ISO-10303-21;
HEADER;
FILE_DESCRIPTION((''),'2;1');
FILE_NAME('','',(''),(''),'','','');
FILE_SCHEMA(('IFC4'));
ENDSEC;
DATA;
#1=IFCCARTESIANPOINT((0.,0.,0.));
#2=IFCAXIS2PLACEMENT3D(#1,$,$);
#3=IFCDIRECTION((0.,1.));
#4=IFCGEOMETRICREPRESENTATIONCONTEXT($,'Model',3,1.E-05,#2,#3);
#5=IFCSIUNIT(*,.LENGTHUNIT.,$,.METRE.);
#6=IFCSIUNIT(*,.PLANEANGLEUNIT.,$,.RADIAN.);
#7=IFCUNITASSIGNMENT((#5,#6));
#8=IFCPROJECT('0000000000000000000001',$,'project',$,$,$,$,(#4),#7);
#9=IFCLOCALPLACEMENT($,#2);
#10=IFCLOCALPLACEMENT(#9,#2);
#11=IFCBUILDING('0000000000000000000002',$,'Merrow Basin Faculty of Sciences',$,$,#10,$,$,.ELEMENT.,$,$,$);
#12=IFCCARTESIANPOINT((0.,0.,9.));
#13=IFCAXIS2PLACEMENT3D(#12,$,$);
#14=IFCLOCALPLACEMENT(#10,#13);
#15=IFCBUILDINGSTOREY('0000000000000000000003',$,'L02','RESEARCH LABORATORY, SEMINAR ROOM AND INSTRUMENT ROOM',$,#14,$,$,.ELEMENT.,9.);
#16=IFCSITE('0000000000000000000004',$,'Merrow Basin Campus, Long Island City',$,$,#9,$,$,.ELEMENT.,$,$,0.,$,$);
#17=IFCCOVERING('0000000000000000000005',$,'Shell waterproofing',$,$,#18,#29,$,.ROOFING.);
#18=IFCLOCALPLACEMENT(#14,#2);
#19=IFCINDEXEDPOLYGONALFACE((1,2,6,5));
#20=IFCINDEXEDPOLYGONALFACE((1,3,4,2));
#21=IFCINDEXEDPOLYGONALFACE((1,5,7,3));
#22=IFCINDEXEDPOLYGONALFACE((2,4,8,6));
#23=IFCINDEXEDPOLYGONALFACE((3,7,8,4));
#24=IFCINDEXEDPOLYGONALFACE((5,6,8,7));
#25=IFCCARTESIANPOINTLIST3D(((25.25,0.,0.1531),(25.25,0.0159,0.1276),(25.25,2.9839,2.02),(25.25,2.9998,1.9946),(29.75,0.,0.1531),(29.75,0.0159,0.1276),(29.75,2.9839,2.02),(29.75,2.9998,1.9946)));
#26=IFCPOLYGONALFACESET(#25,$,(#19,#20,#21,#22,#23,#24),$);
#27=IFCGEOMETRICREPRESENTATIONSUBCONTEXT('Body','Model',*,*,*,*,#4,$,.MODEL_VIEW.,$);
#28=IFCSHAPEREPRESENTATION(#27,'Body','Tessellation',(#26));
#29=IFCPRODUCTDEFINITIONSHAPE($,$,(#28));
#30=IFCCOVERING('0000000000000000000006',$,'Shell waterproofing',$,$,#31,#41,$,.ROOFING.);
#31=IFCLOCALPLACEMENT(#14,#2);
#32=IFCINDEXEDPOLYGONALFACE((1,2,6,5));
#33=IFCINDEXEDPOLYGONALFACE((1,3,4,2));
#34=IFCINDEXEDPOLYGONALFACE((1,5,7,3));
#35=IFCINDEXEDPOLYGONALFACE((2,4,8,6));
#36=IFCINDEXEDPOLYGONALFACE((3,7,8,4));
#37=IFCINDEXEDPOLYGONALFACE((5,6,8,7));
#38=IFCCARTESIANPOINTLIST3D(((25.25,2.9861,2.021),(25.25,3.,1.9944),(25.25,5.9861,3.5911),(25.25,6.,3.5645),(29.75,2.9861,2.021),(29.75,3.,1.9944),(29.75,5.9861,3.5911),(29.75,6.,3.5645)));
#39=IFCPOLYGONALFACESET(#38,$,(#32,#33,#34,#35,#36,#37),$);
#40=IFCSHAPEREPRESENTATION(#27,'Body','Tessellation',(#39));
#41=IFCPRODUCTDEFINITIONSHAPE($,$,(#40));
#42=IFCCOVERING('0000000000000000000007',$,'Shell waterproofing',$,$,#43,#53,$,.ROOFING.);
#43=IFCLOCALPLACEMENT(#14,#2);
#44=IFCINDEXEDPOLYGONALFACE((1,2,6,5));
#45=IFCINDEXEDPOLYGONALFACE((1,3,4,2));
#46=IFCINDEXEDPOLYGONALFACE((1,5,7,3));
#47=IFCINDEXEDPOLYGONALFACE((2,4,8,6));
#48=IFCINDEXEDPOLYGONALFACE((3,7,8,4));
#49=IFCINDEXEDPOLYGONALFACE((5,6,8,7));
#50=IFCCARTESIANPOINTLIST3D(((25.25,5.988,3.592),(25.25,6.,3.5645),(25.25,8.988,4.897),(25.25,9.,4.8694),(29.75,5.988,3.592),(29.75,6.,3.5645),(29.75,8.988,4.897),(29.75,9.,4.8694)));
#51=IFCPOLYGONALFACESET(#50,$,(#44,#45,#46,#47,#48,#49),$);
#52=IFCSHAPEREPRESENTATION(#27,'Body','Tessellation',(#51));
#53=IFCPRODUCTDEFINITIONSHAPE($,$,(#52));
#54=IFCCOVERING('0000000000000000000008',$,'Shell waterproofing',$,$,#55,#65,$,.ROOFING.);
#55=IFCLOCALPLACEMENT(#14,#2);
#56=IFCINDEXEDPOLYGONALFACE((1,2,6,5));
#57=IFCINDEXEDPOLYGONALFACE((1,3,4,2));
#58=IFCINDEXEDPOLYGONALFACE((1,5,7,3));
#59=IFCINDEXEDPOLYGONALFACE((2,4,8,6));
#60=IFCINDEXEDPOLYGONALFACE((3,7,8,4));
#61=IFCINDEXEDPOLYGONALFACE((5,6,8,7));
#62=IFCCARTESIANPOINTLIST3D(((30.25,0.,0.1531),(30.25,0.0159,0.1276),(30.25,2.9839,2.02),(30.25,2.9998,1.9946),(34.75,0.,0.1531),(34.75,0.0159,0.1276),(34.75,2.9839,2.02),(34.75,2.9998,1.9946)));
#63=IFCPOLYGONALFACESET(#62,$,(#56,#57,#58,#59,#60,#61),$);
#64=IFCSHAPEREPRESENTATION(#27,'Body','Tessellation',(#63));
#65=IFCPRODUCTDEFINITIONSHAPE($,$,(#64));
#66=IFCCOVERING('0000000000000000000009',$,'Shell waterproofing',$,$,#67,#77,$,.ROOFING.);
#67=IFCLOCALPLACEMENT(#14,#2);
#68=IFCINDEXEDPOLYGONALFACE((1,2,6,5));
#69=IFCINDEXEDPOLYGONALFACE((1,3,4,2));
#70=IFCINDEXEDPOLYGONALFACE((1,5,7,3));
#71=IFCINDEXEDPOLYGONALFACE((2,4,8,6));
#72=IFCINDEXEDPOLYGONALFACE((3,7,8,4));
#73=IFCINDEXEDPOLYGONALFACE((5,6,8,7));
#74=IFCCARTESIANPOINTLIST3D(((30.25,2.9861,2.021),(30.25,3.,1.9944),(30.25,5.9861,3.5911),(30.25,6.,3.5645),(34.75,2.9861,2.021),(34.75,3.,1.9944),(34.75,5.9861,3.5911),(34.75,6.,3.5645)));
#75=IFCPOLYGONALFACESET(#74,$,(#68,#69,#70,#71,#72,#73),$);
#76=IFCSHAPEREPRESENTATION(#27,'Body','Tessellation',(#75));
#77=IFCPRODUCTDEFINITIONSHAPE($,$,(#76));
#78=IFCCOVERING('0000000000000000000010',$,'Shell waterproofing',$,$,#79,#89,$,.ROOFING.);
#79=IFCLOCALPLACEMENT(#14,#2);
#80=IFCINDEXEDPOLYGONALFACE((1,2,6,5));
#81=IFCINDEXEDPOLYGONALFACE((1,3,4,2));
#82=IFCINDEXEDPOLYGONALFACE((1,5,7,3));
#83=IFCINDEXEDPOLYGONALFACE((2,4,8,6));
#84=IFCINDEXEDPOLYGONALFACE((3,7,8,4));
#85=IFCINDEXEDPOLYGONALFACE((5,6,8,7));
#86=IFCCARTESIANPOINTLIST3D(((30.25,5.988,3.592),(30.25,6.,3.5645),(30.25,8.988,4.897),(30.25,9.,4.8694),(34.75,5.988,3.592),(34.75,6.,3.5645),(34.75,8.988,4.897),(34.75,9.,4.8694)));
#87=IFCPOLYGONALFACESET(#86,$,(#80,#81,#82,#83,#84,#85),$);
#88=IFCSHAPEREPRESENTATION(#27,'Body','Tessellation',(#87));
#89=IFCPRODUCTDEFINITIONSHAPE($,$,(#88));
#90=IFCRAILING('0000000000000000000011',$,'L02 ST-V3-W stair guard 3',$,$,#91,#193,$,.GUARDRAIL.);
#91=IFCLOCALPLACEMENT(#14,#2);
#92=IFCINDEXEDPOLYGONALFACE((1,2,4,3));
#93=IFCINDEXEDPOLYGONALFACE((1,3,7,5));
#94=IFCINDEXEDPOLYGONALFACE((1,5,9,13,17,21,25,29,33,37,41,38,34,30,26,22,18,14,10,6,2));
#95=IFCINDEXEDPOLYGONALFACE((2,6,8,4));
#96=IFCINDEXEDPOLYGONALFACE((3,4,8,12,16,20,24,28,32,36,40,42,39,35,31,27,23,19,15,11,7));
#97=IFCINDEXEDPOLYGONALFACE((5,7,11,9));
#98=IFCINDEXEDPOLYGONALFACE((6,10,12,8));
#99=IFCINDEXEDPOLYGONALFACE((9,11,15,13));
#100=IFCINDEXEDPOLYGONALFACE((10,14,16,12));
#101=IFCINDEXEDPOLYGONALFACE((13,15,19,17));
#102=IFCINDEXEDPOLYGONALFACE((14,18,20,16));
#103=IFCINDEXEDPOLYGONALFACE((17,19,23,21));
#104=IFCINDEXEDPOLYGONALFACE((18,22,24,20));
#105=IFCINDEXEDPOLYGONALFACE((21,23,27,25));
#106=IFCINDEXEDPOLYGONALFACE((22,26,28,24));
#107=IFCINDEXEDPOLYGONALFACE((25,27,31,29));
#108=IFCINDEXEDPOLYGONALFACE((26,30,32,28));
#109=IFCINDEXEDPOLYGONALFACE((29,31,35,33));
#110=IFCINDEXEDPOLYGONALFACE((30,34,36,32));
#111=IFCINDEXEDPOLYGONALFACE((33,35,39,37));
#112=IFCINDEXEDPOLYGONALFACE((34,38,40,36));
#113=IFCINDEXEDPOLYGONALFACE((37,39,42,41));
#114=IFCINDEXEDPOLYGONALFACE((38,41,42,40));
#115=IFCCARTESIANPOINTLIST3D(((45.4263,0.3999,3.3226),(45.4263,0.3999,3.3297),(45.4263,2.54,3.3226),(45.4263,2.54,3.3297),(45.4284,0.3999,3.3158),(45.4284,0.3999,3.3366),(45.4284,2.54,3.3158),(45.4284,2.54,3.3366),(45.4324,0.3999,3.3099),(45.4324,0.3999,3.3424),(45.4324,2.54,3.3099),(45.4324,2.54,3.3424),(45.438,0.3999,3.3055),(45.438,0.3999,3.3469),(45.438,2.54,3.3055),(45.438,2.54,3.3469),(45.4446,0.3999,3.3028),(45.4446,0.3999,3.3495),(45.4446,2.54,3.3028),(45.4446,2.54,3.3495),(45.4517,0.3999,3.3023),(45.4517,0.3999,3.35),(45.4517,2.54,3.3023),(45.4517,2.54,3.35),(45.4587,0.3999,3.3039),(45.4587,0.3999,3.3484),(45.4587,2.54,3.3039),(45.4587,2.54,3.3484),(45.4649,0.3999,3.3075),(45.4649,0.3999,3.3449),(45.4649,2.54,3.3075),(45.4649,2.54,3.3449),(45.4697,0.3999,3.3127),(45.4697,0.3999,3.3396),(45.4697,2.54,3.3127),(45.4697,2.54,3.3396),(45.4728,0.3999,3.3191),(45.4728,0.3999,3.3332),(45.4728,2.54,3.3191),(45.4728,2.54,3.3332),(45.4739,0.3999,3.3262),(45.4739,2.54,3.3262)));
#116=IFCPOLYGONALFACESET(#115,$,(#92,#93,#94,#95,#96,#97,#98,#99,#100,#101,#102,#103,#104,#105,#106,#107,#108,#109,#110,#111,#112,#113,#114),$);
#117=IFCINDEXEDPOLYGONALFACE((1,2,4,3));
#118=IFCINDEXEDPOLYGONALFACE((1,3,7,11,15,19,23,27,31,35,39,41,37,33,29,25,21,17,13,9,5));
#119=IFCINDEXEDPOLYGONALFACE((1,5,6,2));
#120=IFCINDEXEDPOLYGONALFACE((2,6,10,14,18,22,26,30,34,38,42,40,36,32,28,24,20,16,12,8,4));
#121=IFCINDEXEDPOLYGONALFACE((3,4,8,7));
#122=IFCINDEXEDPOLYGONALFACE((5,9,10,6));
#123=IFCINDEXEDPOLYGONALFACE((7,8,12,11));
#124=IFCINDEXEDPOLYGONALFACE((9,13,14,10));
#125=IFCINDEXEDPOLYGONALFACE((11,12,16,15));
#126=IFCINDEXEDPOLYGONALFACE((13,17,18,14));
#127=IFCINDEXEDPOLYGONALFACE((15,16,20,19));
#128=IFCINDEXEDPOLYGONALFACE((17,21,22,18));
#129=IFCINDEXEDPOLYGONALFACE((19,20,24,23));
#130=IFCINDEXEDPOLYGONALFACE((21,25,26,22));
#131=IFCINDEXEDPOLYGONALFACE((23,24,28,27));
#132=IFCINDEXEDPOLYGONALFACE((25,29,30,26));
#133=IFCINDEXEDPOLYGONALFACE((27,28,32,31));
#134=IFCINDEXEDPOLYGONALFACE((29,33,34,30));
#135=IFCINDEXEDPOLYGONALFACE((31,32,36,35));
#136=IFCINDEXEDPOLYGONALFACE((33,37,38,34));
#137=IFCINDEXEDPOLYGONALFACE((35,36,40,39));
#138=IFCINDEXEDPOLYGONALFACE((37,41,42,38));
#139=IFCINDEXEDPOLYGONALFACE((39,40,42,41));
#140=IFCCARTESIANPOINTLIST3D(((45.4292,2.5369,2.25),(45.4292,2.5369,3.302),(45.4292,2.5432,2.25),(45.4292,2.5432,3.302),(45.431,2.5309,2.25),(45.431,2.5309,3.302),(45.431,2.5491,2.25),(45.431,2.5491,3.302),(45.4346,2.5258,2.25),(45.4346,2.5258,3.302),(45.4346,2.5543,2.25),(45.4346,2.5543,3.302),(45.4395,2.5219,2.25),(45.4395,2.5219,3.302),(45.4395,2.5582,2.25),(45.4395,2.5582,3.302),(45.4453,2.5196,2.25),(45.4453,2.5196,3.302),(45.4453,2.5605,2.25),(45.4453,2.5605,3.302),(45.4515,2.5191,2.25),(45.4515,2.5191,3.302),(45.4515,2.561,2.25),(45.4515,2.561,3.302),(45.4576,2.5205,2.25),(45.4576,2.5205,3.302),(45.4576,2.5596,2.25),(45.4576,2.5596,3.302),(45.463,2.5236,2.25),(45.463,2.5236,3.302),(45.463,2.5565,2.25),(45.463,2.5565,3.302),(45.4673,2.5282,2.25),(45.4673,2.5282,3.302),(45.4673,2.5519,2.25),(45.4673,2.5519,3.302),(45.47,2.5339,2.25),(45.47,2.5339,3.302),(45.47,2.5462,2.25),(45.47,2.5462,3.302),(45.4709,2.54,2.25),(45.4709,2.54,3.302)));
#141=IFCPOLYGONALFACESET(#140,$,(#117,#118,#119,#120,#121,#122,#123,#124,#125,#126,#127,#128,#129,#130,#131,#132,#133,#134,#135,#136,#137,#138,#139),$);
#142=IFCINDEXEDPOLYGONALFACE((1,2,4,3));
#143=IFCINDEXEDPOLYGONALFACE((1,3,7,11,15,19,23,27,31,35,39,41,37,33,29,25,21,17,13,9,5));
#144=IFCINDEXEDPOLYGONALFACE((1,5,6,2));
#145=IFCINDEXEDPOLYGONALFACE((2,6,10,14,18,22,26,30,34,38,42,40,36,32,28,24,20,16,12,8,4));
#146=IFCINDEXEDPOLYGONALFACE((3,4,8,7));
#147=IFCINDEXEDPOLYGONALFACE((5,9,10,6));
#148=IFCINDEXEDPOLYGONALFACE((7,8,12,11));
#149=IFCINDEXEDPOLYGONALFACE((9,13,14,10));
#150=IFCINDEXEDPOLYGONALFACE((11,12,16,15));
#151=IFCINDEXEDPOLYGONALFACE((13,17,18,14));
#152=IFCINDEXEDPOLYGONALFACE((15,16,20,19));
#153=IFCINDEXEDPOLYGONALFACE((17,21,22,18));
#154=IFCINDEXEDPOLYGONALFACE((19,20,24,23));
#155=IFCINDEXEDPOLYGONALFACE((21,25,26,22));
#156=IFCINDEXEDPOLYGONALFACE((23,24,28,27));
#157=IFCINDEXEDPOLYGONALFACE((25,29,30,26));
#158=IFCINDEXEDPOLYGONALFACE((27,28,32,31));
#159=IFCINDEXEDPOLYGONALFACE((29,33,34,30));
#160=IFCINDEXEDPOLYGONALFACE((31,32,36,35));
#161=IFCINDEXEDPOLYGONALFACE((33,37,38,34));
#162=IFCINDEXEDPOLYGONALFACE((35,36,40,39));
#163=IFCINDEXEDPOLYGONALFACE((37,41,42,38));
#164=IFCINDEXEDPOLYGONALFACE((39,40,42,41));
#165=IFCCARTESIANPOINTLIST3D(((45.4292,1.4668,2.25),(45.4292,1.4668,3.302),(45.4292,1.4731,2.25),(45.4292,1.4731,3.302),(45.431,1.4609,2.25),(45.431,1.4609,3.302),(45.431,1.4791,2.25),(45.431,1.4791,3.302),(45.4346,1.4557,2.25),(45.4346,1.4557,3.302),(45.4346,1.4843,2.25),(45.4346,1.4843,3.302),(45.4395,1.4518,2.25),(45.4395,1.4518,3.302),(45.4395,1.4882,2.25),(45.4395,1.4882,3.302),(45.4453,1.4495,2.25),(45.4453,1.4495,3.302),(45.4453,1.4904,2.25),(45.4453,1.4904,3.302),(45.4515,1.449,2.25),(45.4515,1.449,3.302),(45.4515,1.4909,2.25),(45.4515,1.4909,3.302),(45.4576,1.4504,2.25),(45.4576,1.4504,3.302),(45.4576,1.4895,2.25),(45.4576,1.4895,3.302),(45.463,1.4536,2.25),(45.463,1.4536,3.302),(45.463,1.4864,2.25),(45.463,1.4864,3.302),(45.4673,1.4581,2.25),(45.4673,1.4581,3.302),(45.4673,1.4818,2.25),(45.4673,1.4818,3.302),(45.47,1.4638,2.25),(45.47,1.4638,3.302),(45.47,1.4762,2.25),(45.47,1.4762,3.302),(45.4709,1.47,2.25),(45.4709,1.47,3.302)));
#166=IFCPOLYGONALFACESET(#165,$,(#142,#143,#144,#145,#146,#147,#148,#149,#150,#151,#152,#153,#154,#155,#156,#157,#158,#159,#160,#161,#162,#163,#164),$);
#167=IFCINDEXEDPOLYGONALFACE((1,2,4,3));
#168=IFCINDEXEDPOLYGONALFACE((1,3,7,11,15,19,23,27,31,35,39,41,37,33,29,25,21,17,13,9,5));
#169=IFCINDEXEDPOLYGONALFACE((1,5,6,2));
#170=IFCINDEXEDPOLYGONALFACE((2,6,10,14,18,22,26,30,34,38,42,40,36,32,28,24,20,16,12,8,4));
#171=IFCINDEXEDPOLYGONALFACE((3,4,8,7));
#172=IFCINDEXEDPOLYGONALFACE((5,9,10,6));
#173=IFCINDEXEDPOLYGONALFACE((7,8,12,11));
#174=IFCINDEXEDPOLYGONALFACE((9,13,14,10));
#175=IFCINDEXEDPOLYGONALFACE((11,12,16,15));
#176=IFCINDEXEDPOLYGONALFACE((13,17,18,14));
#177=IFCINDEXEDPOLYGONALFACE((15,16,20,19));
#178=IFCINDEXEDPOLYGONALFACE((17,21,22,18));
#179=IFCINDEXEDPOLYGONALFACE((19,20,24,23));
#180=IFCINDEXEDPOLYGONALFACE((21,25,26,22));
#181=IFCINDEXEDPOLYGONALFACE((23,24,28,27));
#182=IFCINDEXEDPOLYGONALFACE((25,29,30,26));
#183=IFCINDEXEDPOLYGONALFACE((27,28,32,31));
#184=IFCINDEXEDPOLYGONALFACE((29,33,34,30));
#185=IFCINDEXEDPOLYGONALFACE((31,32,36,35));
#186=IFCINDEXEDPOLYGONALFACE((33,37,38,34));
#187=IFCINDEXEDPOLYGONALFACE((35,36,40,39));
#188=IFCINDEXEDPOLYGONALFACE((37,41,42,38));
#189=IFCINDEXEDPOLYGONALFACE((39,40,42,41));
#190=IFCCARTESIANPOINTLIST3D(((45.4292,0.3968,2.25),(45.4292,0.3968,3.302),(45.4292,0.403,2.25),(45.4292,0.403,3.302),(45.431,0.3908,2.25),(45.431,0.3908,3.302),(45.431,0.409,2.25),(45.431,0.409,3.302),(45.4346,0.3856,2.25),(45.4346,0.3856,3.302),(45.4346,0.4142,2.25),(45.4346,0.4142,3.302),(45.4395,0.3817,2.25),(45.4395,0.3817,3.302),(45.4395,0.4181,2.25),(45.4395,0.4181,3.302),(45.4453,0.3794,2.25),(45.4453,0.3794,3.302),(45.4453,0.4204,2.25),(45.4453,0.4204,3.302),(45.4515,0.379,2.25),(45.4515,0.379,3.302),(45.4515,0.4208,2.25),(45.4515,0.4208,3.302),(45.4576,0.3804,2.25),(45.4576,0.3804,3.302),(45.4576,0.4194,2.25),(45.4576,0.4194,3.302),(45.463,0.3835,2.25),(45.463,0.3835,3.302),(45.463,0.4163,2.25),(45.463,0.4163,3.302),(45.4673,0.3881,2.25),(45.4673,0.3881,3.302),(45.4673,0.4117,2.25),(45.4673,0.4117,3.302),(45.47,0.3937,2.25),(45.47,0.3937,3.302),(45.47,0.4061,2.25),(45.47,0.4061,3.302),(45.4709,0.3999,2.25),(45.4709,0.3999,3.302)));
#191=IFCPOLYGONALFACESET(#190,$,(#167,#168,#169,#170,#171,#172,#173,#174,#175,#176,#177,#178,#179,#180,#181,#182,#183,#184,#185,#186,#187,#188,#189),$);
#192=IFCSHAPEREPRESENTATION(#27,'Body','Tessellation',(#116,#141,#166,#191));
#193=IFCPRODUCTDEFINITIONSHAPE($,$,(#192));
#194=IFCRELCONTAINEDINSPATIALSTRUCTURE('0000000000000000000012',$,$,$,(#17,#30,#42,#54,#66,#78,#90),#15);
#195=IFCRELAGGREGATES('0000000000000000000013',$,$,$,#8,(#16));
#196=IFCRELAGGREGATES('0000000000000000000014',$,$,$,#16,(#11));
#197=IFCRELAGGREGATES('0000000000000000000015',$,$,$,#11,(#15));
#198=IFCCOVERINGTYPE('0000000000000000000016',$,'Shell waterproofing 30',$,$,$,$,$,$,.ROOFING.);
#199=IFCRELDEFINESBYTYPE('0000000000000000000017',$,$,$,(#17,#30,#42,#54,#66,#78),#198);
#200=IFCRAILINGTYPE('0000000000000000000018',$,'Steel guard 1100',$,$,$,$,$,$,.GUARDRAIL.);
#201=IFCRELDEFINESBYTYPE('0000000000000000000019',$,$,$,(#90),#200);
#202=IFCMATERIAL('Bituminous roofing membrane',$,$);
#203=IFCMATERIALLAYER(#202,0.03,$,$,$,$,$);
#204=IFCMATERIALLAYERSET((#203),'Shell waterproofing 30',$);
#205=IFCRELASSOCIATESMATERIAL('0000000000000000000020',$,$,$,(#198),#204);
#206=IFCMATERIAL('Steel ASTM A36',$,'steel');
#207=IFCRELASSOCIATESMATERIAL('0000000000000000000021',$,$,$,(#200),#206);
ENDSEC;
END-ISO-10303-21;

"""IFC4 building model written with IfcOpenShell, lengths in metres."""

from ifc_helpers import new_model, si_unit, direction, frame, origin, origin_2d, place, context, subcontext, project, spatial, polyline, circle, outline, extrude, material, layer, layer_set, type_object, element, save


model = new_model("IFC4")

# Units and contexts
model_context = context("Model", 3, precision=1e-05, world=origin(), true_north=direction((0.0, 1.0)))
body_context = subcontext(model_context, "Body", "Model", "MODEL_VIEW")
ifc_project = project(units=[si_unit("LENGTHUNIT", "METRE"), si_unit("PLANEANGLEUNIT", "RADIAN")], contexts=[model_context])

# Site, building, storey
site_placement = place(None, origin())
site = spatial("IfcSite", under=ifc_project, at=site_placement, Name="Merrow Basin Campus, Long Island City", CompositionType="ELEMENT", RefElevation=0.0)
building_placement = place(site_placement, origin())
building = spatial("IfcBuilding", under=site, at=building_placement, Name="Merrow Basin Faculty of Sciences", CompositionType="ELEMENT")
storey_placement = place(building_placement, frame((0.0, 0.0, 9.0)))
storey = spatial("IfcBuildingStorey", under=building, at=storey_placement, Name="L02", Description="RESEARCH LABORATORY, SEMINAR ROOM AND INSTRUMENT ROOM", CompositionType="ELEMENT", Elevation=9.0)

# Coverings
ifc_material_1 = material(Name="Bituminous roofing membrane")
ifc_layer_1 = layer(ifc_material_1, 0.03)
ifc_layer_set_1 = layer_set([ifc_layer_1], Name="Shell waterproofing 30")
covering_type = type_object("IfcCoveringType", Name="Shell waterproofing 30", PredefinedType="ROOFING", material=ifc_layer_set_1)
covering_1_placement = place(storey_placement, frame((25.25, 0.0, 0.1531), z_axis=(0.0, -0.53041, 0.847741), x_axis=(1.0, 0.0, 0.0)))
element("IfcCovering", 1, at=covering_1_placement, inside=storey, type_object=covering_type, Name="Shell waterproofing", PredefinedType="ROOFING", context=body_context, shape_type="SweptSolid", body=[
    extrude(outline(polyline([(0.0, 0.0), (4.5, 0.0), (4.5, 3.5198), (0.0, 3.5198), (0.0, 0.0)])), origin(), (0.0, 0.0, -1.0), 0.03),
])
covering_2_placement = place(storey_placement, frame((25.25, 2.9861, 2.021), z_axis=(0.0, -0.463692, 0.885997), x_axis=(1.0, 0.0, 0.0)))
element("IfcCovering", 2, at=covering_2_placement, inside=storey, type_object=covering_type, Name="Shell waterproofing", PredefinedType="ROOFING", context=body_context, shape_type="SweptSolid", body=[
    extrude(outline(polyline([(0.0, 0.0), (4.5, 0.0), (4.5, 3.386), (0.0, 3.386), (0.0, 0.0)])), origin(), (0.0, 0.0, -1.0), 0.03),
])
covering_3_placement = place(storey_placement, frame((25.25, 5.988, 3.592), z_axis=(0.0, -0.398876, 0.917005), x_axis=(1.0, 0.0, 0.0)))
element("IfcCovering", 3, at=covering_3_placement, inside=storey, type_object=covering_type, Name="Shell waterproofing", PredefinedType="ROOFING", context=body_context, shape_type="SweptSolid", body=[
    extrude(outline(polyline([(0.0, 0.0), (4.5, 0.0), (4.5, 3.2715), (0.0, 3.2715), (0.0, 0.0)])), origin(), (0.0, 0.0, -1.0), 0.03),
])
covering_4_placement = place(storey_placement, frame((30.25, 0.0, 0.1531), z_axis=(0.0, -0.53041, 0.847741), x_axis=(1.0, 0.0, 0.0)))
element("IfcCovering", 4, at=covering_4_placement, inside=storey, type_object=covering_type, Name="Shell waterproofing", PredefinedType="ROOFING", context=body_context, shape_type="SweptSolid", body=[
    extrude(outline(polyline([(0.0, 0.0), (4.5, 0.0), (4.5, 3.5198), (0.0, 3.5198), (0.0, 0.0)])), origin(), (0.0, 0.0, -1.0), 0.03),
])
covering_5_placement = place(storey_placement, frame((30.25, 2.9861, 2.021), z_axis=(0.0, -0.463692, 0.885997), x_axis=(1.0, 0.0, 0.0)))
element("IfcCovering", 5, at=covering_5_placement, inside=storey, type_object=covering_type, Name="Shell waterproofing", PredefinedType="ROOFING", context=body_context, shape_type="SweptSolid", body=[
    extrude(outline(polyline([(0.0, 0.0), (4.5, 0.0), (4.5, 3.386), (0.0, 3.386), (0.0, 0.0)])), origin(), (0.0, 0.0, -1.0), 0.03),
])
covering_6_placement = place(storey_placement, frame((30.25, 5.988, 3.592), z_axis=(0.0, -0.398876, 0.917005), x_axis=(1.0, 0.0, 0.0)))
element("IfcCovering", 6, at=covering_6_placement, inside=storey, type_object=covering_type, Name="Shell waterproofing", PredefinedType="ROOFING", context=body_context, shape_type="SweptSolid", body=[
    extrude(outline(polyline([(0.0, 0.0), (4.5, 0.0), (4.5, 3.2715), (0.0, 3.2715), (0.0, 0.0)])), origin(), (0.0, 0.0, -1.0), 0.03),
])

# Railing
ifc_material_2 = material(Name="Steel ASTM A36", Category="steel")
railing_type_1 = type_object("IfcRailingType", Name="Steel guard 1100", PredefinedType="GUARDRAIL", material=ifc_material_2)
railing_1_placement = place(storey_placement, frame((45.45, 2.54, 2.25)))
element("IfcRailing", 7, at=railing_1_placement, inside=storey, type_object=railing_type_1, Name="L02 ST-V3-W stair guard 3", PredefinedType="GUARDRAIL", context=body_context, shape_type="SweptSolid", body=[
    extrude(circle(Radius=0.0239, at=origin_2d()), frame((0.0, 0.0, 1.0762), z_axis=(0.0, -1.0, 0.0), x_axis=(1.0, 0.0, 0.0)), (0.0, 0.0, 1.0), 2.1401),
    extrude(circle(Radius=0.021, at=origin_2d()), origin(), (0.0, 0.0, 1.0), 1.052),
    extrude(circle(Radius=0.021, at=origin_2d()), frame((0.0, -1.0701, 0.0)), (0.0, 0.0, 1.0), 1.052),
    extrude(circle(Radius=0.021, at=origin_2d()), frame((0.0, -2.1401, 0.0)), (0.0, 0.0, 1.0), 1.052),
])

save(model, "model.ifc")
